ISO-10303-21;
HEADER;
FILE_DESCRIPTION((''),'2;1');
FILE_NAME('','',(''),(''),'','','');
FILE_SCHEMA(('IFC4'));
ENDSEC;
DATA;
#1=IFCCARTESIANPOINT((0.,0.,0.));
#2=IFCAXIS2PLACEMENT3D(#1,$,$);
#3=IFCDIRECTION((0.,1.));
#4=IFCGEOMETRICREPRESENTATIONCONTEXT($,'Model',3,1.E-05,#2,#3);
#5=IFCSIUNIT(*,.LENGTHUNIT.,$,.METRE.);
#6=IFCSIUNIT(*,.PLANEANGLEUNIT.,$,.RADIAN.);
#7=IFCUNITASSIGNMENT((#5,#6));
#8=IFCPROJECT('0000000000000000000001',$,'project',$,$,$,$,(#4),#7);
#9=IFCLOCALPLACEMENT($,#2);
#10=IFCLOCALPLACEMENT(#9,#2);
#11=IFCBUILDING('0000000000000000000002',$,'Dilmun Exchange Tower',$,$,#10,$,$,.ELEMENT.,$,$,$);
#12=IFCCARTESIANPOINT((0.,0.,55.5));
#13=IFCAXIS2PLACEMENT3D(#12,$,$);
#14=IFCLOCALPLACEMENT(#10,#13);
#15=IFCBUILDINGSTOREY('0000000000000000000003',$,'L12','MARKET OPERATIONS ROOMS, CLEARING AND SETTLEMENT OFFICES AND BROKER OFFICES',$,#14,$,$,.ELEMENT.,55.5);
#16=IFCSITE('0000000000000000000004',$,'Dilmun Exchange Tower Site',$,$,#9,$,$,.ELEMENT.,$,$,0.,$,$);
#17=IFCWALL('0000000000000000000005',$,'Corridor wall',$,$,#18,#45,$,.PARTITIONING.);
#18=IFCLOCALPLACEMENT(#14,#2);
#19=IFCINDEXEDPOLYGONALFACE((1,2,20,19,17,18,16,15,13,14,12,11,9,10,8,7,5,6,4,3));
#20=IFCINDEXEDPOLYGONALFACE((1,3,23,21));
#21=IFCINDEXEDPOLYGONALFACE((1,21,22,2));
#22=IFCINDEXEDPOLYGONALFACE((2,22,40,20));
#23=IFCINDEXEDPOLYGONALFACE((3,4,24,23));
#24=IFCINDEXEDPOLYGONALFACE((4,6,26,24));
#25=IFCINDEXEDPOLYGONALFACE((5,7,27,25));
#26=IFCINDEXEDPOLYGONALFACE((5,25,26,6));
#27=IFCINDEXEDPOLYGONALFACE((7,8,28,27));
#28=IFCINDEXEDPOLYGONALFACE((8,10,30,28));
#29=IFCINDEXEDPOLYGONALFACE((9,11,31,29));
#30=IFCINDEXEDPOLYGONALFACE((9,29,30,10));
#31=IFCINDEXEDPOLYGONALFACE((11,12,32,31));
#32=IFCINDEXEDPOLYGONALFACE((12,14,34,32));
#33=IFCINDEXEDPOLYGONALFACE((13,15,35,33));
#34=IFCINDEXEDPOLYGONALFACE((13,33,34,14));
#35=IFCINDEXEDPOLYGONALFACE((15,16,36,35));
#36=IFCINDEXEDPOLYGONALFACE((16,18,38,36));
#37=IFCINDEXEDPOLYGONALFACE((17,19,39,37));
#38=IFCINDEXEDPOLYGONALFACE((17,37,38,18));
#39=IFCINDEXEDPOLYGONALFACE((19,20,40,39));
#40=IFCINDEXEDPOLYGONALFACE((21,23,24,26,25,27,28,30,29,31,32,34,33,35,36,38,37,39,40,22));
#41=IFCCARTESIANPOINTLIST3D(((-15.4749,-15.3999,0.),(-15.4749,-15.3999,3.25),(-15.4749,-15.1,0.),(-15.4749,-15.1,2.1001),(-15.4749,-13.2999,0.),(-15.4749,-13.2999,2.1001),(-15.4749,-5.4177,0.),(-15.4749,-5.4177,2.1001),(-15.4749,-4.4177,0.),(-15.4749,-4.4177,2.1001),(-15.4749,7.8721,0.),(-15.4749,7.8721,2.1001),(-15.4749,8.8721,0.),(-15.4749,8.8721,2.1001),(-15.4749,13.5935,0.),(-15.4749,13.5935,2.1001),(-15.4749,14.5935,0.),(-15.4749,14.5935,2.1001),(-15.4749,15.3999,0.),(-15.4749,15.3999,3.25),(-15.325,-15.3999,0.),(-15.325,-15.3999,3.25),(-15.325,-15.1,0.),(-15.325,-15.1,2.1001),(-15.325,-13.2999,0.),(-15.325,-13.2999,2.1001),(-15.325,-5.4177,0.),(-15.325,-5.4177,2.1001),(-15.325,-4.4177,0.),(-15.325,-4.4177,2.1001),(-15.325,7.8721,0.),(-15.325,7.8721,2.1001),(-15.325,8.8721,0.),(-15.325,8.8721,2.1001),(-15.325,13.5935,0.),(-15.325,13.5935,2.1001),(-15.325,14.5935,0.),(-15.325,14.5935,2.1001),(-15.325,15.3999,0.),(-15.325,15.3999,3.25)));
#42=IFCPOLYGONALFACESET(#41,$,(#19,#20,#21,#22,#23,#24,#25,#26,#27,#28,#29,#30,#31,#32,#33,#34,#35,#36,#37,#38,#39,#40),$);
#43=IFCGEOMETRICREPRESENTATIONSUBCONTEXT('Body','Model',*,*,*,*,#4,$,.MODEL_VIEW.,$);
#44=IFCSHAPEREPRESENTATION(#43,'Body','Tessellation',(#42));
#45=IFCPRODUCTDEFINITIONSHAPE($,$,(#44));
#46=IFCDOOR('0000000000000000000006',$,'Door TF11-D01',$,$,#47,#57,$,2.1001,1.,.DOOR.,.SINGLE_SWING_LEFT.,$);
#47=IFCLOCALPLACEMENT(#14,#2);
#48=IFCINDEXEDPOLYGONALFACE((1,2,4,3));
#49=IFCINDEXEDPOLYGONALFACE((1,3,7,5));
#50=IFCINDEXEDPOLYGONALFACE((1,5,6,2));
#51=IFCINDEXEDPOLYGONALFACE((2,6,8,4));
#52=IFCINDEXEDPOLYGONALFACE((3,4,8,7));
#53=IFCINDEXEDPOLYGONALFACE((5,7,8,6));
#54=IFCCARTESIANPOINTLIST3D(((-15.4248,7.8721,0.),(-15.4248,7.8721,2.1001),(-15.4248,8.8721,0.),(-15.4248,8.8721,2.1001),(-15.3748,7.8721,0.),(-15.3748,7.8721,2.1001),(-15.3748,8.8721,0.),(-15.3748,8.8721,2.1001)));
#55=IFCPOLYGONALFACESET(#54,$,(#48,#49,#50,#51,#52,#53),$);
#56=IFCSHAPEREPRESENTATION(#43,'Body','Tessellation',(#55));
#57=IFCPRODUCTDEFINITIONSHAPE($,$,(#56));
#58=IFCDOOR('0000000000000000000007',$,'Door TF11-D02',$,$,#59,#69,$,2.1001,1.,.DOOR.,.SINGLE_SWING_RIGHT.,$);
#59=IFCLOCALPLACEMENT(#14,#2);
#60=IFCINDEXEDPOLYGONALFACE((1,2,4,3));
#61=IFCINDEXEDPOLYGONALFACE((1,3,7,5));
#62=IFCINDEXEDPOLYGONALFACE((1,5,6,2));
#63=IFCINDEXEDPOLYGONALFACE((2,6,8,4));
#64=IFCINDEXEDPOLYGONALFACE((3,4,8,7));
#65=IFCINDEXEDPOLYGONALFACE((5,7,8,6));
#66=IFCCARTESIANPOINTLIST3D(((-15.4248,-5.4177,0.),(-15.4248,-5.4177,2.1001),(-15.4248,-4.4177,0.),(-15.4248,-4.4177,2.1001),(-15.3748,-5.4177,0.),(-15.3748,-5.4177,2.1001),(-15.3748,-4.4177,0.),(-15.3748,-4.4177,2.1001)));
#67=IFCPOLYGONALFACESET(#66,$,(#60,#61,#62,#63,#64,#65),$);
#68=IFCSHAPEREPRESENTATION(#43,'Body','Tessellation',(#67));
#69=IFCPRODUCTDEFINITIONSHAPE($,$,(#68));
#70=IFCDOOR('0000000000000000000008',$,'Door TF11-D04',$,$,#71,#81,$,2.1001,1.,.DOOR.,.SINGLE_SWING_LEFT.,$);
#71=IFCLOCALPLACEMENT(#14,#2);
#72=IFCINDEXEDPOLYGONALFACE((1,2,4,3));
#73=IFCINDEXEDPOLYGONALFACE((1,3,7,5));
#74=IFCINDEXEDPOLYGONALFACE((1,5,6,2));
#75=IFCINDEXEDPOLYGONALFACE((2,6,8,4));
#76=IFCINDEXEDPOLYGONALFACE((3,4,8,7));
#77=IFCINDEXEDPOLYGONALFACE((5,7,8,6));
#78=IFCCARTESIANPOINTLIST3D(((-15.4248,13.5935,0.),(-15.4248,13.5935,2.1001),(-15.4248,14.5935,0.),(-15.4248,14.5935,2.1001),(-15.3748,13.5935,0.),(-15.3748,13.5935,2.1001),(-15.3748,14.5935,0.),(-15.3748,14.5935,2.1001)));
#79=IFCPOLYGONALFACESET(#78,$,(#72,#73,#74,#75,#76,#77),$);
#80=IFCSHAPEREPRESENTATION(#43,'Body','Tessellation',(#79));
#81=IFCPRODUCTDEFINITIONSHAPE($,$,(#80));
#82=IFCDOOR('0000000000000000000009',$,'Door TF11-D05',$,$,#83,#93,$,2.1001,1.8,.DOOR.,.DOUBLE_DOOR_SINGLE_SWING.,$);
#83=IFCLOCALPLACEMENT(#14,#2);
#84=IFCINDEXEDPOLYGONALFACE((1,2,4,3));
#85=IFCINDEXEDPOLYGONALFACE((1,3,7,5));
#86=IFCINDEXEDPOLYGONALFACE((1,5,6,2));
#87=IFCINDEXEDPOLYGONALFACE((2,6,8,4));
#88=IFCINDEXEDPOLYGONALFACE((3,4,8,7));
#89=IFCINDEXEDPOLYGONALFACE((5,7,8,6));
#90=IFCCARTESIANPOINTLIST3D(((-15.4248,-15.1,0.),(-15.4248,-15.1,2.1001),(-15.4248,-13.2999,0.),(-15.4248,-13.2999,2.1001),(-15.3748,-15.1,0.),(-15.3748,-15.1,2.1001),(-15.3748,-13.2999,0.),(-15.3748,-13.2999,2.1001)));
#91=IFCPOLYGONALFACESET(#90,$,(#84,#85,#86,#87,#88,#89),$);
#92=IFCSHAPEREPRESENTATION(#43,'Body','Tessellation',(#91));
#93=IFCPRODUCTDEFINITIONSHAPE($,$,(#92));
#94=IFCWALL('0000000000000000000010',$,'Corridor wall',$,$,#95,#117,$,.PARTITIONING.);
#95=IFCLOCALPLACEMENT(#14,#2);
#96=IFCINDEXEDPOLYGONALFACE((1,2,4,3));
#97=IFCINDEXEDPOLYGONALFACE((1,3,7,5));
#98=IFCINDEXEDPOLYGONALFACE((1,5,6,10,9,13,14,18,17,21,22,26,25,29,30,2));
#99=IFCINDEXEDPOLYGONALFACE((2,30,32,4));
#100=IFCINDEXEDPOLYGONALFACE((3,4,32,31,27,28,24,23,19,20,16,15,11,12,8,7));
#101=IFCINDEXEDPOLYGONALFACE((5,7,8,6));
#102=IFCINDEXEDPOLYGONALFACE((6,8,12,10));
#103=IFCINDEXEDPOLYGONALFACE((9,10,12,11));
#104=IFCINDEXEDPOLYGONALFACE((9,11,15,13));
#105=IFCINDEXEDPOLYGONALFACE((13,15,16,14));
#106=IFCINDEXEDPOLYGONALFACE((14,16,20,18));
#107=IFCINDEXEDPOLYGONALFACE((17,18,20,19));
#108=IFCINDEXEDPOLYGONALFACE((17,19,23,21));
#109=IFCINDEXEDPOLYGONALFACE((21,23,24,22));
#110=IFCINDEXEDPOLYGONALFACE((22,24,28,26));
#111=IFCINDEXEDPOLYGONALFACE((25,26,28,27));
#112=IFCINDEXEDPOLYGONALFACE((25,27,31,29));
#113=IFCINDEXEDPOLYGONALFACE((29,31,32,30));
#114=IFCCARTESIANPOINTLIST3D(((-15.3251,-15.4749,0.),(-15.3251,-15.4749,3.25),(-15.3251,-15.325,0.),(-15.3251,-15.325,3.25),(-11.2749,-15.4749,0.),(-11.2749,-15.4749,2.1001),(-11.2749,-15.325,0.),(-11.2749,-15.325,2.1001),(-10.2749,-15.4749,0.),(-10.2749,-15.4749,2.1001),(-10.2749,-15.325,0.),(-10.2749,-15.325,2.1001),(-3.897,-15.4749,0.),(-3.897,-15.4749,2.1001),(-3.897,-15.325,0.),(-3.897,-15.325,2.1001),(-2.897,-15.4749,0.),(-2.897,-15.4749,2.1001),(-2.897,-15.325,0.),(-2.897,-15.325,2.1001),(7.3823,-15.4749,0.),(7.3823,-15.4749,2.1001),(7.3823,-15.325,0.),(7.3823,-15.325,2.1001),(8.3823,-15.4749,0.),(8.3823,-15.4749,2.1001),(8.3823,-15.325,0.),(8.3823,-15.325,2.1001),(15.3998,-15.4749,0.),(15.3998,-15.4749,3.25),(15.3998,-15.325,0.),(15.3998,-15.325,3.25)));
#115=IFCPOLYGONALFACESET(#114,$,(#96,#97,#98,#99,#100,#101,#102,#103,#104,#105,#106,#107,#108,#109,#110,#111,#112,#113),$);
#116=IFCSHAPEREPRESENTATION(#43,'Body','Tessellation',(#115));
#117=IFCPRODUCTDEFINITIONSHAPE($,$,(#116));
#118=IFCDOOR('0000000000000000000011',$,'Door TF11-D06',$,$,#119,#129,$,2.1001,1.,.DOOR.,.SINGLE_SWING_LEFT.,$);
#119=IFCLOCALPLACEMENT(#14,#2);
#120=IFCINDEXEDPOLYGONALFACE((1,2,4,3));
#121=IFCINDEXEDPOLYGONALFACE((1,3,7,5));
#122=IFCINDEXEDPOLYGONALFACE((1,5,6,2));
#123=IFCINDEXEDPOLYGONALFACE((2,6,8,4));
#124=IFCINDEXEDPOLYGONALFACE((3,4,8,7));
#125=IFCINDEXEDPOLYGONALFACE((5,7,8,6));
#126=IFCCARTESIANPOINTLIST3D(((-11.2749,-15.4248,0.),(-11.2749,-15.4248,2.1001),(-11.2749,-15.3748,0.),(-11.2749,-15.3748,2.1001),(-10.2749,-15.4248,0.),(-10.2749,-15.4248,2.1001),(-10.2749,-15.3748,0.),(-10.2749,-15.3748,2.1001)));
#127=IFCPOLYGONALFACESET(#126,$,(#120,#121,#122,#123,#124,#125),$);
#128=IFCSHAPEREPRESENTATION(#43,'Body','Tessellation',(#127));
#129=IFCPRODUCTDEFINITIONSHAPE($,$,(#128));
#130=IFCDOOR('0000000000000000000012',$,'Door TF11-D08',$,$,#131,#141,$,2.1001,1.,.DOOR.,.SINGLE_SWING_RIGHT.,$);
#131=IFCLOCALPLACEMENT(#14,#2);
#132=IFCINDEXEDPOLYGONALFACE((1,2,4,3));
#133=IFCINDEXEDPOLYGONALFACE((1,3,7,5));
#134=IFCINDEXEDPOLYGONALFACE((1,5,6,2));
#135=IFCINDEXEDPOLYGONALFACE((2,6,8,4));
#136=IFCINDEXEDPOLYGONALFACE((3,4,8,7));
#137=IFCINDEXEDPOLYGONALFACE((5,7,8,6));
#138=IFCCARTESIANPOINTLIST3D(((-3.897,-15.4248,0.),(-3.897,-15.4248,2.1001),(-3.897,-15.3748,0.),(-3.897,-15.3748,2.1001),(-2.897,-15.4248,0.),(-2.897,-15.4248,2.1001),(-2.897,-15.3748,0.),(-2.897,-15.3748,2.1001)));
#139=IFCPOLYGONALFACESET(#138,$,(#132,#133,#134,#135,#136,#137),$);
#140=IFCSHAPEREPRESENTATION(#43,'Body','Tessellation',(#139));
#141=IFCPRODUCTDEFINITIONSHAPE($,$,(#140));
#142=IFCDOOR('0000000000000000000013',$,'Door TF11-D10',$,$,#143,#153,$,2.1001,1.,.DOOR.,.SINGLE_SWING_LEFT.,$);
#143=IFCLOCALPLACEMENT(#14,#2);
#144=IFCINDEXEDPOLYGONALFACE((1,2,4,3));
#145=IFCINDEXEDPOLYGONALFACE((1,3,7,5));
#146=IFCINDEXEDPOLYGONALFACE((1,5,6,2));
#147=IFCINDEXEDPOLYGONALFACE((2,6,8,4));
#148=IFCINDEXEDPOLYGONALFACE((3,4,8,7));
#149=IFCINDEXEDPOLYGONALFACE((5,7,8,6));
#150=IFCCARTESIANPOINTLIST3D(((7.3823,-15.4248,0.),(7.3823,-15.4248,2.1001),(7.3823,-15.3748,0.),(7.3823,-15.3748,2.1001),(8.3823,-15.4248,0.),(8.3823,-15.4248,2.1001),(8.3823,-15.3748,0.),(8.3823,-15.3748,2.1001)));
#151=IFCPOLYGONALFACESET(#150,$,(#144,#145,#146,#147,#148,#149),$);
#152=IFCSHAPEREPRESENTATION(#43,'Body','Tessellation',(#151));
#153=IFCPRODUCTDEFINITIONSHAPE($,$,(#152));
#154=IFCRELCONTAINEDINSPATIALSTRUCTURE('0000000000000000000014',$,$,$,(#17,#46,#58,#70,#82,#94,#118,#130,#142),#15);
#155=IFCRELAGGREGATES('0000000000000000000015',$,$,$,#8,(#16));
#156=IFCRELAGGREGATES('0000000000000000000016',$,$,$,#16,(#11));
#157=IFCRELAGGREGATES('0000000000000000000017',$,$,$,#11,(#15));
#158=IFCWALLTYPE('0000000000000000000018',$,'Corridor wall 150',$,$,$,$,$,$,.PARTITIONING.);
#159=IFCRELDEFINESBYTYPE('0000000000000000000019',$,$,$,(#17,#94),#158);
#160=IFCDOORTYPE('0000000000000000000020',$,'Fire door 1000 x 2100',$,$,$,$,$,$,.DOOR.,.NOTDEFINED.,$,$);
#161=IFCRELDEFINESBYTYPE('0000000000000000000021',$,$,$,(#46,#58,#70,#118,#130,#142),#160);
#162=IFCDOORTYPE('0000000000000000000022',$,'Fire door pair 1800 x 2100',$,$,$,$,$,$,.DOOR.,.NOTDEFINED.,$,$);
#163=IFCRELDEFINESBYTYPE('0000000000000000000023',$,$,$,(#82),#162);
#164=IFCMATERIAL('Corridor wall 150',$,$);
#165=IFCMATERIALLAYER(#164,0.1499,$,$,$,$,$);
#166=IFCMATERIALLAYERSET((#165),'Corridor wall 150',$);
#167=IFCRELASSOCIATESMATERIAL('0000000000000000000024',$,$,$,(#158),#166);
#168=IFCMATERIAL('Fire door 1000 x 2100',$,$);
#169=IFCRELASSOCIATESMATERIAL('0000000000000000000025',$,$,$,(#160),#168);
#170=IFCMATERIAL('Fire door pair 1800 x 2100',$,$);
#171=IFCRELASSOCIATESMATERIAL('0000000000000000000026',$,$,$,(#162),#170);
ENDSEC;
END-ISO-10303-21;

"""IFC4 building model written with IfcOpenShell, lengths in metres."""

from ifc_helpers import new_model, si_unit, direction, frame, frame_2d, origin, place, context, subcontext, project, spatial, rectangle, extrude, material, layer, layer_set, type_object, element, fill, save


model = new_model("IFC4")

# Units and contexts
model_context = context("Model", 3, precision=1e-05, world=origin(), true_north=direction((0.0, 1.0)))
body_context = subcontext(model_context, "Body", "Model", "MODEL_VIEW")
ifc_project = project(units=[si_unit("LENGTHUNIT", "METRE"), si_unit("PLANEANGLEUNIT", "RADIAN")], contexts=[model_context])

# Site, building, storey
site_placement = place(None, origin())
site = spatial("IfcSite", under=ifc_project, at=site_placement, Name="Dilmun Exchange Tower Site", CompositionType="ELEMENT", RefElevation=0.0)
building_placement = place(site_placement, origin())
building = spatial("IfcBuilding", under=site, at=building_placement, Name="Dilmun Exchange Tower", CompositionType="ELEMENT")
storey_placement = place(building_placement, frame((0.0, 0.0, 55.5)))
storey = spatial("IfcBuildingStorey", under=building, at=storey_placement, Name="L12", Description="MARKET OPERATIONS ROOMS, CLEARING AND SETTLEMENT OFFICES AND BROKER OFFICES", CompositionType="ELEMENT", Elevation=55.5)

# Walls, openings, doors
ifc_material_1 = material(Name="Corridor wall 150")
ifc_layer_1 = layer(ifc_material_1, 0.1499)
ifc_layer_set_1 = layer_set([ifc_layer_1], Name="Corridor wall 150")
wall_type_1 = type_object("IfcWallType", Name="Corridor wall 150", PredefinedType="PARTITIONING", material=ifc_layer_set_1)
wall_1_placement = place(storey_placement, frame((-15.3999, -15.3999, 0.0), z_axis=(0.0, 0.0, 1.0), x_axis=(0.0, 1.0, 0.0)))
wall_1 = element("IfcWall", 1, at=wall_1_placement, inside=storey, type_object=wall_type_1, Name="Corridor wall", PredefinedType="PARTITIONING", context=body_context, shape_type="SweptSolid", body=[
    extrude(rectangle(XDim=30.7998, YDim=0.1499, at=frame_2d((15.3999, 0.0))), origin(), (0.0, 0.0, 1.0), 3.25),
])
opening_1_placement = place(wall_1_placement, frame((23.272, 0.0, 0.0)))
opening_1 = element("IfcOpeningElement", 2, at=opening_1_placement, cuts=wall_1, PredefinedType="OPENING", context=body_context, shape_type="SweptSolid", body=[
    extrude(rectangle(XDim=1.0, YDim=2.1001, at=frame_2d((0.5, 1.05))), frame((0.0, 0.085, 0.0), z_axis=(0.0, -1.0, 0.0), x_axis=(1.0, 0.0, 0.0)), (0.0, 0.0, 1.0), 0.1699),
])
opening_2_placement = place(wall_1_placement, frame((9.9822, 0.0, 0.0)))
opening_2 = element("IfcOpeningElement", 3, at=opening_2_placement, cuts=wall_1, PredefinedType="OPENING", context=body_context, shape_type="SweptSolid", body=[
    extrude(rectangle(XDim=1.0, YDim=2.1001, at=frame_2d((0.5, 1.05))), frame((0.0, 0.085, 0.0), z_axis=(0.0, -1.0, 0.0), x_axis=(1.0, 0.0, 0.0)), (0.0, 0.0, 1.0), 0.1699),
])
opening_3_placement = place(wall_1_placement, frame((28.9934, 0.0, 0.0)))
opening_3 = element("IfcOpeningElement", 4, at=opening_3_placement, cuts=wall_1, PredefinedType="OPENING", context=body_context, shape_type="SweptSolid", body=[
    extrude(rectangle(XDim=1.0, YDim=2.1001, at=frame_2d((0.5, 1.05))), frame((0.0, 0.085, 0.0), z_axis=(0.0, -1.0, 0.0), x_axis=(1.0, 0.0, 0.0)), (0.0, 0.0, 1.0), 0.1699),
])
opening_4_placement = place(wall_1_placement, frame((0.3, 0.0, 0.0)))
opening_4 = element("IfcOpeningElement", 5, at=opening_4_placement, cuts=wall_1, PredefinedType="OPENING", context=body_context, shape_type="SweptSolid", body=[
    extrude(rectangle(XDim=1.8, YDim=2.1001, at=frame_2d((0.8999, 1.05))), frame((0.0, 0.085, 0.0), z_axis=(0.0, -1.0, 0.0), x_axis=(1.0, 0.0, 0.0)), (0.0, 0.0, 1.0), 0.1699),
])
ifc_material_2 = material(Name="Fire door 1000 x 2100")
door_type_1 = type_object("IfcDoorType", Name="Fire door 1000 x 2100", OperationType="NOTDEFINED", PredefinedType="DOOR", material=ifc_material_2)
door_1_placement = place(opening_1_placement, origin())
door_1 = element("IfcDoor", 6, at=door_1_placement, inside=storey, type_object=door_type_1, Name="Door TF11-D01", OperationType="SINGLE_SWING_LEFT", OverallHeight=2.1001, OverallWidth=1.0, PredefinedType="DOOR", context=body_context, shape_type="SweptSolid", body=[
    extrude(rectangle(XDim=1.0, YDim=2.1001, at=frame_2d((0.5, 1.05))), frame((0.0, 0.0249, 0.0), z_axis=(0.0, -1.0, 0.0), x_axis=(1.0, 0.0, 0.0)), (0.0, 0.0, 1.0), 0.05),
])
fill(opening_1, door_1)
door_2_placement = place(opening_2_placement, origin())
door_2 = element("IfcDoor", 7, at=door_2_placement, inside=storey, type_object=door_type_1, Name="Door TF11-D02", OperationType="SINGLE_SWING_RIGHT", OverallHeight=2.1001, OverallWidth=1.0, PredefinedType="DOOR", context=body_context, shape_type="SweptSolid", body=[
    extrude(rectangle(XDim=1.0, YDim=2.1001, at=frame_2d((0.5, 1.05))), frame((0.0, 0.0249, 0.0), z_axis=(0.0, -1.0, 0.0), x_axis=(1.0, 0.0, 0.0)), (0.0, 0.0, 1.0), 0.05),
])
fill(opening_2, door_2)
door_3_placement = place(opening_3_placement, origin())
door_3 = element("IfcDoor", 8, at=door_3_placement, inside=storey, type_object=door_type_1, Name="Door TF11-D04", OperationType="SINGLE_SWING_LEFT", OverallHeight=2.1001, OverallWidth=1.0, PredefinedType="DOOR", context=body_context, shape_type="SweptSolid", body=[
    extrude(rectangle(XDim=1.0, YDim=2.1001, at=frame_2d((0.5, 1.05))), frame((0.0, 0.0249, 0.0), z_axis=(0.0, -1.0, 0.0), x_axis=(1.0, 0.0, 0.0)), (0.0, 0.0, 1.0), 0.05),
])
fill(opening_3, door_3)
ifc_material_3 = material(Name="Fire door pair 1800 x 2100")
door_type_2 = type_object("IfcDoorType", Name="Fire door pair 1800 x 2100", OperationType="NOTDEFINED", PredefinedType="DOOR", material=ifc_material_3)
door_4_placement = place(opening_4_placement, origin())
door_4 = element("IfcDoor", 9, at=door_4_placement, inside=storey, type_object=door_type_2, Name="Door TF11-D05", OperationType="DOUBLE_DOOR_SINGLE_SWING", OverallHeight=2.1001, OverallWidth=1.8, PredefinedType="DOOR", context=body_context, shape_type="SweptSolid", body=[
    extrude(rectangle(XDim=1.8, YDim=2.1001, at=frame_2d((0.8999, 1.05))), frame((0.0, 0.0249, 0.0), z_axis=(0.0, -1.0, 0.0), x_axis=(1.0, 0.0, 0.0)), (0.0, 0.0, 1.0), 0.05),
])
fill(opening_4, door_4)
wall_2_placement = place(storey_placement, frame((-15.325, -15.3999, 0.0), z_axis=(0.0, 0.0, 1.0), x_axis=(1.0, 0.0, 0.0)))
wall_2 = element("IfcWall", 10, at=wall_2_placement, inside=storey, type_object=wall_type_1, Name="Corridor wall", PredefinedType="PARTITIONING", context=body_context, shape_type="SweptSolid", body=[
    extrude(rectangle(XDim=30.7249, YDim=0.1499, at=frame_2d((15.3623, 0.0))), origin(), (0.0, 0.0, 1.0), 3.25),
])
opening_5_placement = place(wall_2_placement, frame((4.05, 0.0, 0.0)))
opening_5 = element("IfcOpeningElement", 11, at=opening_5_placement, cuts=wall_2, PredefinedType="OPENING", context=body_context, shape_type="SweptSolid", body=[
    extrude(rectangle(XDim=1.0, YDim=2.1001, at=frame_2d((0.5, 1.05))), frame((0.0, 0.085, 0.0), z_axis=(0.0, -1.0, 0.0), x_axis=(1.0, 0.0, 0.0)), (0.0, 0.0, 1.0), 0.1699),
])
opening_6_placement = place(wall_2_placement, frame((11.428, 0.0, 0.0)))
opening_6 = element("IfcOpeningElement", 12, at=opening_6_placement, cuts=wall_2, PredefinedType="OPENING", context=body_context, shape_type="SweptSolid", body=[
    extrude(rectangle(XDim=1.0, YDim=2.1001, at=frame_2d((0.5, 1.05))), frame((0.0, 0.085, 0.0), z_axis=(0.0, -1.0, 0.0), x_axis=(1.0, 0.0, 0.0)), (0.0, 0.0, 1.0), 0.1699),
])
opening_7_placement = place(wall_2_placement, frame((22.7073, 0.0, 0.0)))
opening_7 = element("IfcOpeningElement", 13, at=opening_7_placement, cuts=wall_2, PredefinedType="OPENING", context=body_context, shape_type="SweptSolid", body=[
    extrude(rectangle(XDim=1.0, YDim=2.1001, at=frame_2d((0.5, 1.05))), frame((0.0, 0.085, 0.0), z_axis=(0.0, -1.0, 0.0), x_axis=(1.0, 0.0, 0.0)), (0.0, 0.0, 1.0), 0.1699),
])
door_5_placement = place(opening_5_placement, frame((1.0, 0.0, 0.0), z_axis=(0.0, 0.0, 1.0), x_axis=(-1.0, 0.0, 0.0)))
door_5 = element("IfcDoor", 14, at=door_5_placement, inside=storey, type_object=door_type_1, Name="Door TF11-D06", OperationType="SINGLE_SWING_LEFT", OverallHeight=2.1001, OverallWidth=1.0, PredefinedType="DOOR", context=body_context, shape_type="SweptSolid", body=[
    extrude(rectangle(XDim=1.0, YDim=2.1001, at=frame_2d((0.5, 1.05))), frame((0.0, 0.0249, 0.0), z_axis=(0.0, -1.0, 0.0), x_axis=(1.0, 0.0, 0.0)), (0.0, 0.0, 1.0), 0.05),
])
fill(opening_5, door_5)
door_6_placement = place(opening_6_placement, frame((1.0, 0.0, 0.0), z_axis=(0.0, 0.0, 1.0), x_axis=(-1.0, 0.0, 0.0)))
door_6 = element("IfcDoor", 15, at=door_6_placement, inside=storey, type_object=door_type_1, Name="Door TF11-D08", OperationType="SINGLE_SWING_RIGHT", OverallHeight=2.1001, OverallWidth=1.0, PredefinedType="DOOR", context=body_context, shape_type="SweptSolid", body=[
    extrude(rectangle(XDim=1.0, YDim=2.1001, at=frame_2d((0.5, 1.05))), frame((0.0, 0.0249, 0.0), z_axis=(0.0, -1.0, 0.0), x_axis=(1.0, 0.0, 0.0)), (0.0, 0.0, 1.0), 0.05),
])
fill(opening_6, door_6)
door_7_placement = place(opening_7_placement, frame((1.0, 0.0, 0.0), z_axis=(0.0, 0.0, 1.0), x_axis=(-1.0, 0.0, 0.0)))
door_7 = element("IfcDoor", 16, at=door_7_placement, inside=storey, type_object=door_type_1, Name="Door TF11-D10", OperationType="SINGLE_SWING_LEFT", OverallHeight=2.1001, OverallWidth=1.0, PredefinedType="DOOR", context=body_context, shape_type="SweptSolid", body=[
    extrude(rectangle(XDim=1.0, YDim=2.1001, at=frame_2d((0.5, 1.05))), frame((0.0, 0.0249, 0.0), z_axis=(0.0, -1.0, 0.0), x_axis=(1.0, 0.0, 0.0)), (0.0, 0.0, 1.0), 0.05),
])
fill(opening_7, door_7)

save(model, "model.ifc")
